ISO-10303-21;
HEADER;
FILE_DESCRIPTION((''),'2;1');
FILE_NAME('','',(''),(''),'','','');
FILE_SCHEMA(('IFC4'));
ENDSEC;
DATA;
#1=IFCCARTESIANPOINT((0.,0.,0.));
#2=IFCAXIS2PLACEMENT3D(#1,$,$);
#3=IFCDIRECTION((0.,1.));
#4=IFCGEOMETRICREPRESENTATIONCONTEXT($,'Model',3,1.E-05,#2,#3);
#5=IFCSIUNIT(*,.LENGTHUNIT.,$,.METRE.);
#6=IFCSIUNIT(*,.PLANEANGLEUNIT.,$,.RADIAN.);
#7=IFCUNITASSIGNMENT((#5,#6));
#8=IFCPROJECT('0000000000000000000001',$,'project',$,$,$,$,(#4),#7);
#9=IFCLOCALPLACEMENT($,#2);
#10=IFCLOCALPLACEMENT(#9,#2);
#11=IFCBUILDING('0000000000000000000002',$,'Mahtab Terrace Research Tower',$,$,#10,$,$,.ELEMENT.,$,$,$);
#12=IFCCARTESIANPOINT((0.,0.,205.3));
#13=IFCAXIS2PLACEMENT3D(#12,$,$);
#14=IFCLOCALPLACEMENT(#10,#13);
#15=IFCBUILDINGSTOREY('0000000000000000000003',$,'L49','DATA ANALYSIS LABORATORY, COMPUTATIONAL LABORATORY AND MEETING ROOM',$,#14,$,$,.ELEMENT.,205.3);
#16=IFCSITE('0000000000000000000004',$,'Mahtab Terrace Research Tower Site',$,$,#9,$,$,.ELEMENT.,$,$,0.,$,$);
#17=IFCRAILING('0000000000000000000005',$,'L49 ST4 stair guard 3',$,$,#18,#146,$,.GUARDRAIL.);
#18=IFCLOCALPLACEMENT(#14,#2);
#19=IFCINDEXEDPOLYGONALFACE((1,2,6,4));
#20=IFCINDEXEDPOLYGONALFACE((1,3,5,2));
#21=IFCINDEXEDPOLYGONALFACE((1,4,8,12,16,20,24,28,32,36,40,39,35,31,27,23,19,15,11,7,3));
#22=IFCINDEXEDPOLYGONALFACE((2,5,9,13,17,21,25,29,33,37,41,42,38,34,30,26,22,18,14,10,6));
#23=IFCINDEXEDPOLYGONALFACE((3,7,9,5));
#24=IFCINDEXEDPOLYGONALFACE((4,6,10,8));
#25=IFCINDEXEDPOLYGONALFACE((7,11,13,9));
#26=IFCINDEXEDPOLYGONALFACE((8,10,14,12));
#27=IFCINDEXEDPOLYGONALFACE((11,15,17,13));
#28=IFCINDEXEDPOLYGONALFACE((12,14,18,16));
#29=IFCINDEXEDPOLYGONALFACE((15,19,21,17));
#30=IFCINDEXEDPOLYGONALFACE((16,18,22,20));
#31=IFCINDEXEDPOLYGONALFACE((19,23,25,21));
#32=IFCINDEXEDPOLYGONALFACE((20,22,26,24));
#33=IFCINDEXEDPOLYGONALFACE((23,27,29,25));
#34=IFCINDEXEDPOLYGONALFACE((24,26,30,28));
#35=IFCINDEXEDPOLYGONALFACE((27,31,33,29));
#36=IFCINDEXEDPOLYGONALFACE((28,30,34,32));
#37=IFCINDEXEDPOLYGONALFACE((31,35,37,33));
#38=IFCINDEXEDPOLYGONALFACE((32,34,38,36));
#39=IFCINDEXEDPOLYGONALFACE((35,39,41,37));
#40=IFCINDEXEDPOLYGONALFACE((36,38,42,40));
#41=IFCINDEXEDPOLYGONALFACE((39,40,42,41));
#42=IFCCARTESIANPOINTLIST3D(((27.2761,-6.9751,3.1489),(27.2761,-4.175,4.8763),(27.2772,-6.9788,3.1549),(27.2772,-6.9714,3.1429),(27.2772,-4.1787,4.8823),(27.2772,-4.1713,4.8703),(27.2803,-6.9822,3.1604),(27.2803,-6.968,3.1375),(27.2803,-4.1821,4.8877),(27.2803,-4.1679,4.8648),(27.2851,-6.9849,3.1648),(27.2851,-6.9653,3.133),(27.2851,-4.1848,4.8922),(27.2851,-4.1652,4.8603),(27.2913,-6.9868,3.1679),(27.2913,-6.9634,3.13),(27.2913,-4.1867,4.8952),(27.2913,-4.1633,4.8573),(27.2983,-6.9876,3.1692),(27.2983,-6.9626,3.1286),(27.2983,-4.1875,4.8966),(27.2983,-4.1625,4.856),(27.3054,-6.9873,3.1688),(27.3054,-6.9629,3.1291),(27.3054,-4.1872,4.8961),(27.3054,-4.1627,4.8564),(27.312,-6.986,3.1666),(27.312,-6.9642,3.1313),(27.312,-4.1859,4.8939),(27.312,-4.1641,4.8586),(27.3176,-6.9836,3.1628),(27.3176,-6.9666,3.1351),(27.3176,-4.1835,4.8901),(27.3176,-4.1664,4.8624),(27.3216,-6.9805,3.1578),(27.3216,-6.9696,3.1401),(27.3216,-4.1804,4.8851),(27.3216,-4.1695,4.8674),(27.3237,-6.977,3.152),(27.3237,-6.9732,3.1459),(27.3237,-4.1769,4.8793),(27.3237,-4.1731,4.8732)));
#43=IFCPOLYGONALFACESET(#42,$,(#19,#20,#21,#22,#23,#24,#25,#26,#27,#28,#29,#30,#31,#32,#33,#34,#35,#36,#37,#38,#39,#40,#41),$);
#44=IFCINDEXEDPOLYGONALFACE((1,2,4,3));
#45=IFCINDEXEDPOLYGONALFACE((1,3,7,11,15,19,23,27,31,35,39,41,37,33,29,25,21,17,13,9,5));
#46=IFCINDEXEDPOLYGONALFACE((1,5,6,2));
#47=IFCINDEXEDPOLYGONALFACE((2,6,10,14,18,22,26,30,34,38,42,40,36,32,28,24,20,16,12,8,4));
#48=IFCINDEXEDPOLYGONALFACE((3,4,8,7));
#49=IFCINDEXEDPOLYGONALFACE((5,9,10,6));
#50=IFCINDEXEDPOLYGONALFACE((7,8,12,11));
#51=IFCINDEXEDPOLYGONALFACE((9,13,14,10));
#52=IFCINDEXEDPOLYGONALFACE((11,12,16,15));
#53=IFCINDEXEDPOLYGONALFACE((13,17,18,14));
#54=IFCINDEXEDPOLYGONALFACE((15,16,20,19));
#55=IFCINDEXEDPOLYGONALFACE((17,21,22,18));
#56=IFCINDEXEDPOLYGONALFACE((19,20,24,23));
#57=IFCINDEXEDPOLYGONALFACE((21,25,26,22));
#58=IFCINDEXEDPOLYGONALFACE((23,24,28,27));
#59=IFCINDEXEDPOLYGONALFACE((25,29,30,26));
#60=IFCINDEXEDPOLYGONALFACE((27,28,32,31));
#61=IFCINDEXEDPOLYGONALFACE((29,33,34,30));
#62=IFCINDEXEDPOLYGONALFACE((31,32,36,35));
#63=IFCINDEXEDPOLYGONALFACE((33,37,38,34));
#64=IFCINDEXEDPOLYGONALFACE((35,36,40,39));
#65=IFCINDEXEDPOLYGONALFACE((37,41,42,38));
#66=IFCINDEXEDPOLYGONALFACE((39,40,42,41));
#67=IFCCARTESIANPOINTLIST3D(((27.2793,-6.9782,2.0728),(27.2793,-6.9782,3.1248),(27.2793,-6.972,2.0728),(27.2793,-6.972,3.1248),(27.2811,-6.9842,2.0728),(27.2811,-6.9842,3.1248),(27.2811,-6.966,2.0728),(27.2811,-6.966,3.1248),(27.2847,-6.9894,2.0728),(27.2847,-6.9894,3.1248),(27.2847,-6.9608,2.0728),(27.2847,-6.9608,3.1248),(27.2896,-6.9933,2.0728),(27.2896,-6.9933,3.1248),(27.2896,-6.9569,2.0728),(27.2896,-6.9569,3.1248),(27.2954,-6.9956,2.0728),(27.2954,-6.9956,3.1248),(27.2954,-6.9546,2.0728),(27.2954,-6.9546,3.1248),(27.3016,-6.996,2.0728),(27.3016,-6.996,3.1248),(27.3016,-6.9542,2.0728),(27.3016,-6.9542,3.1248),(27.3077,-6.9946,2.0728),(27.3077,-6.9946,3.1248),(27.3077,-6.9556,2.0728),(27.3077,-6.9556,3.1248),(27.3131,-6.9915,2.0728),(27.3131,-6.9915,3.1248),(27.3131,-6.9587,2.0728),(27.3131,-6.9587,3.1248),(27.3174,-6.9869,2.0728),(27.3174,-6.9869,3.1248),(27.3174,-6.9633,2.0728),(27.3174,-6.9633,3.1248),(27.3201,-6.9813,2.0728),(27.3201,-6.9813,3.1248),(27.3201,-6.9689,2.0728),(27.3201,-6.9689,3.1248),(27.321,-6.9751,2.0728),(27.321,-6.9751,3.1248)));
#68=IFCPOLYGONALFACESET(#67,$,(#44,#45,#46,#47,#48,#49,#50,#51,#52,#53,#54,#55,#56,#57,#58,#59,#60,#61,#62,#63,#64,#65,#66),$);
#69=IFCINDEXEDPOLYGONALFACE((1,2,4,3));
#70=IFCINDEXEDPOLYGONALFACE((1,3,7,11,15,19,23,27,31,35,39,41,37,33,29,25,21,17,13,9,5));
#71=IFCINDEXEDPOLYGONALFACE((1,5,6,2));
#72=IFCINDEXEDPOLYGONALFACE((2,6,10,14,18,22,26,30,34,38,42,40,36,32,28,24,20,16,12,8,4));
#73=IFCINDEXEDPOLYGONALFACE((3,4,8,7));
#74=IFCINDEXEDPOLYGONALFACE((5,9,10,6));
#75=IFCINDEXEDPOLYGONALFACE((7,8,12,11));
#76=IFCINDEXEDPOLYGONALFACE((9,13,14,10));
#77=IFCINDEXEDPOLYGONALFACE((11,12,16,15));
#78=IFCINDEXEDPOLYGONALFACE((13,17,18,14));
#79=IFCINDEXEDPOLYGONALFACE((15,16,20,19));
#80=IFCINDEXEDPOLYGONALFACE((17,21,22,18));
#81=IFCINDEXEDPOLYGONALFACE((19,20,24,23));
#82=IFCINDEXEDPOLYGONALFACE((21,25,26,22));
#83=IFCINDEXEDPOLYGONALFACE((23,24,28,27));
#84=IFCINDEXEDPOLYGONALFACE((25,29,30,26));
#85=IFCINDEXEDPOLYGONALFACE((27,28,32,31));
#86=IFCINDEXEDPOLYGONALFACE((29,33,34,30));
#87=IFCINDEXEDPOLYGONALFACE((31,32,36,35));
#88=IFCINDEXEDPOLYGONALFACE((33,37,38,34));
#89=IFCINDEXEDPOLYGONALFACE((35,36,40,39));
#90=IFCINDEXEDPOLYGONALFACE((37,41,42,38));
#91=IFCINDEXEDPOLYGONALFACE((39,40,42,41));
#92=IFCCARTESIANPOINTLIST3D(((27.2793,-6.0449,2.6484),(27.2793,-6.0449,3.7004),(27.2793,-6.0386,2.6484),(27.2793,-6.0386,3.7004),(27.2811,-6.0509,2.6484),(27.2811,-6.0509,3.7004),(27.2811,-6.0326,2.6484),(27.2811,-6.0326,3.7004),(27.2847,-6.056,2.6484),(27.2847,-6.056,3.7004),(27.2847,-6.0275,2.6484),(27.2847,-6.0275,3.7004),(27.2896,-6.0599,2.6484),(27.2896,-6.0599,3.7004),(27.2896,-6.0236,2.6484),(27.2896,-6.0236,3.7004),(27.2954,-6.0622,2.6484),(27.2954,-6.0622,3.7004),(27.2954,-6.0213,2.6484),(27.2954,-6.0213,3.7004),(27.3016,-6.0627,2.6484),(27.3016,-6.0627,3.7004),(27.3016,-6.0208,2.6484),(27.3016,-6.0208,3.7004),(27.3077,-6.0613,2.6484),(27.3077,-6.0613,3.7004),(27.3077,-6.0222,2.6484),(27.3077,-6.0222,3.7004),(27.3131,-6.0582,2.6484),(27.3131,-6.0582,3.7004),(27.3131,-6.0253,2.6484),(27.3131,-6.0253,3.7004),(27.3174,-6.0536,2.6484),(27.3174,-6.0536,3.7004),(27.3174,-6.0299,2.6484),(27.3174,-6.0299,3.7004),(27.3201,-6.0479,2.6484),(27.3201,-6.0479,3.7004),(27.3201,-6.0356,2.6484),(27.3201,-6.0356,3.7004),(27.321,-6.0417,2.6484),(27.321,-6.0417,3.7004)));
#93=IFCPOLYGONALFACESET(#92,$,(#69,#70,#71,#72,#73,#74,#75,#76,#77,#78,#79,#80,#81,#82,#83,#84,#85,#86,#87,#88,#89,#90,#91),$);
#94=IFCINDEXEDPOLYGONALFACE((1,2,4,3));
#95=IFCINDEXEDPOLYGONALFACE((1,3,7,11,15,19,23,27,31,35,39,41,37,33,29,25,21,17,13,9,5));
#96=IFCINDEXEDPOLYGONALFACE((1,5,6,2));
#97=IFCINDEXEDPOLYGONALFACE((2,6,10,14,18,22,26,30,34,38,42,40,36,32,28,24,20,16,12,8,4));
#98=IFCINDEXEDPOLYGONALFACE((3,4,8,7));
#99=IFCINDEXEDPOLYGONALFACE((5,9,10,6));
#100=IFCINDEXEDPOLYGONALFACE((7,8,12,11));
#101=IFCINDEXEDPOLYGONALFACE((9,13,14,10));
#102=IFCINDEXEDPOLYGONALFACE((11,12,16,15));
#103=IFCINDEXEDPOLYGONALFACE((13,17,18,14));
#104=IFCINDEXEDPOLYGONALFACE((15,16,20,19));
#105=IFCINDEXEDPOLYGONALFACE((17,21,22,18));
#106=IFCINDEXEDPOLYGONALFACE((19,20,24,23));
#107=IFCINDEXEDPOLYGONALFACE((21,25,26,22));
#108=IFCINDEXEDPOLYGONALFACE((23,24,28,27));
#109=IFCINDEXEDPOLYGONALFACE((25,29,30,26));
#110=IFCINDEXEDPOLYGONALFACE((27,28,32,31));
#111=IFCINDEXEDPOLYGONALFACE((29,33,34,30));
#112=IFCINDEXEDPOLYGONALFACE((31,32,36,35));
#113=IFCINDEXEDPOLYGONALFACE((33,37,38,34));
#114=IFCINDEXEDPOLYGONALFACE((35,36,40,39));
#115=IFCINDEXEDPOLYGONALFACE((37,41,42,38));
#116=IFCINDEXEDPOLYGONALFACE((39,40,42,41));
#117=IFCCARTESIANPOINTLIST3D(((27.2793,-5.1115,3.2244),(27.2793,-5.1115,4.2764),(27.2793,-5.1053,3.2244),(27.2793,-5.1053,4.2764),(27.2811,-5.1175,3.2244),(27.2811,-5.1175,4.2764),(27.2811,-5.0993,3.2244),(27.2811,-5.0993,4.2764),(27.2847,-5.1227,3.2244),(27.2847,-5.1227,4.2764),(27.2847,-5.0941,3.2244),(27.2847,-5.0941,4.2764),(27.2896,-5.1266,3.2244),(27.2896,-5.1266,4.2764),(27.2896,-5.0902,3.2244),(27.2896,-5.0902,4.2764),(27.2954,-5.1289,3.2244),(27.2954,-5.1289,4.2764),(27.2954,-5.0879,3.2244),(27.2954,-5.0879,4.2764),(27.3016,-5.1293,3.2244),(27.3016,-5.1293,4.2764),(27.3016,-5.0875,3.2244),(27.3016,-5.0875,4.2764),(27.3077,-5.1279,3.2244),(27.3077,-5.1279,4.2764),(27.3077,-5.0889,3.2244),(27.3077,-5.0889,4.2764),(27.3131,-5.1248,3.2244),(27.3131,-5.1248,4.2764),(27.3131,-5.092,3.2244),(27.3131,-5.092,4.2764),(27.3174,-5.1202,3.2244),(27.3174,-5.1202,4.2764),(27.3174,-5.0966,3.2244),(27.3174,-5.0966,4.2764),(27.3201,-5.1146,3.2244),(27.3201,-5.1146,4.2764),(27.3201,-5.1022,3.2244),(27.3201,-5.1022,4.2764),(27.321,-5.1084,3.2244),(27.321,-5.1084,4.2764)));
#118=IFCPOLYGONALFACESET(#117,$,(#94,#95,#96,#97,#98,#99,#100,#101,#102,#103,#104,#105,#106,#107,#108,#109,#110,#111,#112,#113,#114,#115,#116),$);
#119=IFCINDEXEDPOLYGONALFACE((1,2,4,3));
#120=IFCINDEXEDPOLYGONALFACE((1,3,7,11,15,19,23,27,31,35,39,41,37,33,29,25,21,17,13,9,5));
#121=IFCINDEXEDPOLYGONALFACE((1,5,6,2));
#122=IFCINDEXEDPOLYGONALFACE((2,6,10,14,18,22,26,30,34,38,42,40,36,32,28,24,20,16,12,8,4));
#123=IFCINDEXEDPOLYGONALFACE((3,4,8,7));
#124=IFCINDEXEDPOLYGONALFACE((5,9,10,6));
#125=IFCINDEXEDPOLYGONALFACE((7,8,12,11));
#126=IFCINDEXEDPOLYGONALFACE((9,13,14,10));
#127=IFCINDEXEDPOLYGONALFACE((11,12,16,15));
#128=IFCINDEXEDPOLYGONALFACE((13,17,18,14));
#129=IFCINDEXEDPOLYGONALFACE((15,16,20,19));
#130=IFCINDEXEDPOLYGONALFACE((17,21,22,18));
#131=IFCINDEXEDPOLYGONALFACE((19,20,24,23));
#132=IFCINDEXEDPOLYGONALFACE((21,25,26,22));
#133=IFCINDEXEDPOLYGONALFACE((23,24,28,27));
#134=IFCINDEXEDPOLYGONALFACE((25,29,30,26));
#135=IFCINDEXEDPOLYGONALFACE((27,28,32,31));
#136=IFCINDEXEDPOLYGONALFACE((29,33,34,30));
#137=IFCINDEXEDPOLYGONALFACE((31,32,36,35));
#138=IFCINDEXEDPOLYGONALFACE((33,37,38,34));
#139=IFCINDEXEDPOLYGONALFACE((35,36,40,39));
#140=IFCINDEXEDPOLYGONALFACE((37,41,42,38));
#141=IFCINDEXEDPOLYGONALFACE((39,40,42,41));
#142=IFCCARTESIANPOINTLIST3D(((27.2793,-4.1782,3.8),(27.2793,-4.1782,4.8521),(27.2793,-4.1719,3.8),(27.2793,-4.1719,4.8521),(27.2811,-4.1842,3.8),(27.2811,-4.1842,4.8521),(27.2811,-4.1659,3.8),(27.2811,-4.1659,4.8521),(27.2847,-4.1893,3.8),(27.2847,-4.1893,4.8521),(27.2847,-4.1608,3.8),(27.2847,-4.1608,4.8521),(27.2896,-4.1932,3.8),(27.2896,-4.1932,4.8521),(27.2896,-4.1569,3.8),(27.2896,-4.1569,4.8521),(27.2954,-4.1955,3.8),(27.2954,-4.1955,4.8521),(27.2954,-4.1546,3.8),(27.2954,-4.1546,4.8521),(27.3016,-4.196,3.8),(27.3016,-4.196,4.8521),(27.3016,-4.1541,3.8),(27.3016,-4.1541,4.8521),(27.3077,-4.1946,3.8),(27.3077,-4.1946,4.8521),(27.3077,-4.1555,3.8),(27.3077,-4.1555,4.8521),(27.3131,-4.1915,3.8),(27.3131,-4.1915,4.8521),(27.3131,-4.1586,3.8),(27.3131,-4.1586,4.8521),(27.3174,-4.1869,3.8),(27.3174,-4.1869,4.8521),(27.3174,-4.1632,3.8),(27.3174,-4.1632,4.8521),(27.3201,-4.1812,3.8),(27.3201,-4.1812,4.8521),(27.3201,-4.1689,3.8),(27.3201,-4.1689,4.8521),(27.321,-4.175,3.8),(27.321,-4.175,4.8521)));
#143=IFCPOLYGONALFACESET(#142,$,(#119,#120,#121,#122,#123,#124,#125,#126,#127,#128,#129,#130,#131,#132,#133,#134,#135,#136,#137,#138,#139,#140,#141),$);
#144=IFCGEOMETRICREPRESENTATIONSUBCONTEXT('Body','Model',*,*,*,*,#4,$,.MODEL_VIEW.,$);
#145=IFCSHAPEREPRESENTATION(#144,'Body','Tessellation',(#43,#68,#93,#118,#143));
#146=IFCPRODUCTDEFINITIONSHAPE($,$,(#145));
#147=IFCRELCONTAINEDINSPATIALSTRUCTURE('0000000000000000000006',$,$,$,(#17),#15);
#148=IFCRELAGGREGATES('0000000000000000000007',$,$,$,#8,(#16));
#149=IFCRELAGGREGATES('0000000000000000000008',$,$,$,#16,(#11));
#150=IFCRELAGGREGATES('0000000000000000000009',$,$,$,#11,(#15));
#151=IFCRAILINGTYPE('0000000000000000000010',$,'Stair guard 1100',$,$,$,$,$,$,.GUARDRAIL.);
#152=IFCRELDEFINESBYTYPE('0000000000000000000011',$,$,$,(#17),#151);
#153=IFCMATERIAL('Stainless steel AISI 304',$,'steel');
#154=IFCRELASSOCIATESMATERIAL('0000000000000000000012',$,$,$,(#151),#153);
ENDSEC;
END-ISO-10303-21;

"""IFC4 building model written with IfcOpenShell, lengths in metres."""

from ifc_helpers import new_model, si_unit, direction, frame, origin, origin_2d, place, context, subcontext, project, spatial, circle, extrude, material, type_object, element, save


model = new_model("IFC4")

# Units and contexts
model_context = context("Model", 3, precision=1e-05, world=origin(), true_north=direction((0.0, 1.0)))
body_context = subcontext(model_context, "Body", "Model", "MODEL_VIEW")
ifc_project = project(units=[si_unit("LENGTHUNIT", "METRE"), si_unit("PLANEANGLEUNIT", "RADIAN")], contexts=[model_context])

# Site, building, storey
site_placement = place(None, origin())
site = spatial("IfcSite", under=ifc_project, at=site_placement, Name="Mahtab Terrace Research Tower Site", CompositionType="ELEMENT", RefElevation=0.0)
building_placement = place(site_placement, origin())
building = spatial("IfcBuilding", under=site, at=building_placement, Name="Mahtab Terrace Research Tower", CompositionType="ELEMENT")
storey_placement = place(building_placement, frame((0.0, 0.0, 205.3)))
storey = spatial("IfcBuildingStorey", under=building, at=storey_placement, Name="L49", Description="DATA ANALYSIS LABORATORY, COMPUTATIONAL LABORATORY AND MEETING ROOM", CompositionType="ELEMENT", Elevation=205.3)

# Shared definitions
ifc_material_1 = material(Name="Stainless steel AISI 304", Category="steel")

# Railing
railing_type_1 = type_object("IfcRailingType", Name="Stair guard 1100", PredefinedType="GUARDRAIL", material=ifc_material_1)
railing_1_placement = place(storey_placement, frame((27.3, -6.9751, 2.0728)))
element("IfcRailing", 1, at=railing_1_placement, inside=storey, type_object=railing_type_1, Name="L49 ST4 stair guard 3", PredefinedType="GUARDRAIL", context=body_context, shape_type="SweptSolid", body=[
    extrude(circle(Radius=0.0239, at=origin_2d()), frame((0.0, 0.0, 1.0762), z_axis=(0.0, 0.85109, 0.52502), x_axis=(-1.0, 0.0, 0.0)), (0.0, 0.0, 1.0), 3.29),
    extrude(circle(Radius=0.021, at=origin_2d()), origin(), (0.0, 0.0, 1.0), 1.052),
    extrude(circle(Radius=0.021, at=origin_2d()), frame((0.0, 0.9333, 0.5757)), (0.0, 0.0, 1.0), 1.052),
    extrude(circle(Radius=0.021, at=origin_2d()), frame((0.0, 1.8667, 1.1516)), (0.0, 0.0, 1.0), 1.052),
    extrude(circle(Radius=0.021, at=origin_2d()), frame((0.0, 2.8, 1.7273)), (0.0, 0.0, 1.0), 1.052),
])

save(model, "model.ifc")
